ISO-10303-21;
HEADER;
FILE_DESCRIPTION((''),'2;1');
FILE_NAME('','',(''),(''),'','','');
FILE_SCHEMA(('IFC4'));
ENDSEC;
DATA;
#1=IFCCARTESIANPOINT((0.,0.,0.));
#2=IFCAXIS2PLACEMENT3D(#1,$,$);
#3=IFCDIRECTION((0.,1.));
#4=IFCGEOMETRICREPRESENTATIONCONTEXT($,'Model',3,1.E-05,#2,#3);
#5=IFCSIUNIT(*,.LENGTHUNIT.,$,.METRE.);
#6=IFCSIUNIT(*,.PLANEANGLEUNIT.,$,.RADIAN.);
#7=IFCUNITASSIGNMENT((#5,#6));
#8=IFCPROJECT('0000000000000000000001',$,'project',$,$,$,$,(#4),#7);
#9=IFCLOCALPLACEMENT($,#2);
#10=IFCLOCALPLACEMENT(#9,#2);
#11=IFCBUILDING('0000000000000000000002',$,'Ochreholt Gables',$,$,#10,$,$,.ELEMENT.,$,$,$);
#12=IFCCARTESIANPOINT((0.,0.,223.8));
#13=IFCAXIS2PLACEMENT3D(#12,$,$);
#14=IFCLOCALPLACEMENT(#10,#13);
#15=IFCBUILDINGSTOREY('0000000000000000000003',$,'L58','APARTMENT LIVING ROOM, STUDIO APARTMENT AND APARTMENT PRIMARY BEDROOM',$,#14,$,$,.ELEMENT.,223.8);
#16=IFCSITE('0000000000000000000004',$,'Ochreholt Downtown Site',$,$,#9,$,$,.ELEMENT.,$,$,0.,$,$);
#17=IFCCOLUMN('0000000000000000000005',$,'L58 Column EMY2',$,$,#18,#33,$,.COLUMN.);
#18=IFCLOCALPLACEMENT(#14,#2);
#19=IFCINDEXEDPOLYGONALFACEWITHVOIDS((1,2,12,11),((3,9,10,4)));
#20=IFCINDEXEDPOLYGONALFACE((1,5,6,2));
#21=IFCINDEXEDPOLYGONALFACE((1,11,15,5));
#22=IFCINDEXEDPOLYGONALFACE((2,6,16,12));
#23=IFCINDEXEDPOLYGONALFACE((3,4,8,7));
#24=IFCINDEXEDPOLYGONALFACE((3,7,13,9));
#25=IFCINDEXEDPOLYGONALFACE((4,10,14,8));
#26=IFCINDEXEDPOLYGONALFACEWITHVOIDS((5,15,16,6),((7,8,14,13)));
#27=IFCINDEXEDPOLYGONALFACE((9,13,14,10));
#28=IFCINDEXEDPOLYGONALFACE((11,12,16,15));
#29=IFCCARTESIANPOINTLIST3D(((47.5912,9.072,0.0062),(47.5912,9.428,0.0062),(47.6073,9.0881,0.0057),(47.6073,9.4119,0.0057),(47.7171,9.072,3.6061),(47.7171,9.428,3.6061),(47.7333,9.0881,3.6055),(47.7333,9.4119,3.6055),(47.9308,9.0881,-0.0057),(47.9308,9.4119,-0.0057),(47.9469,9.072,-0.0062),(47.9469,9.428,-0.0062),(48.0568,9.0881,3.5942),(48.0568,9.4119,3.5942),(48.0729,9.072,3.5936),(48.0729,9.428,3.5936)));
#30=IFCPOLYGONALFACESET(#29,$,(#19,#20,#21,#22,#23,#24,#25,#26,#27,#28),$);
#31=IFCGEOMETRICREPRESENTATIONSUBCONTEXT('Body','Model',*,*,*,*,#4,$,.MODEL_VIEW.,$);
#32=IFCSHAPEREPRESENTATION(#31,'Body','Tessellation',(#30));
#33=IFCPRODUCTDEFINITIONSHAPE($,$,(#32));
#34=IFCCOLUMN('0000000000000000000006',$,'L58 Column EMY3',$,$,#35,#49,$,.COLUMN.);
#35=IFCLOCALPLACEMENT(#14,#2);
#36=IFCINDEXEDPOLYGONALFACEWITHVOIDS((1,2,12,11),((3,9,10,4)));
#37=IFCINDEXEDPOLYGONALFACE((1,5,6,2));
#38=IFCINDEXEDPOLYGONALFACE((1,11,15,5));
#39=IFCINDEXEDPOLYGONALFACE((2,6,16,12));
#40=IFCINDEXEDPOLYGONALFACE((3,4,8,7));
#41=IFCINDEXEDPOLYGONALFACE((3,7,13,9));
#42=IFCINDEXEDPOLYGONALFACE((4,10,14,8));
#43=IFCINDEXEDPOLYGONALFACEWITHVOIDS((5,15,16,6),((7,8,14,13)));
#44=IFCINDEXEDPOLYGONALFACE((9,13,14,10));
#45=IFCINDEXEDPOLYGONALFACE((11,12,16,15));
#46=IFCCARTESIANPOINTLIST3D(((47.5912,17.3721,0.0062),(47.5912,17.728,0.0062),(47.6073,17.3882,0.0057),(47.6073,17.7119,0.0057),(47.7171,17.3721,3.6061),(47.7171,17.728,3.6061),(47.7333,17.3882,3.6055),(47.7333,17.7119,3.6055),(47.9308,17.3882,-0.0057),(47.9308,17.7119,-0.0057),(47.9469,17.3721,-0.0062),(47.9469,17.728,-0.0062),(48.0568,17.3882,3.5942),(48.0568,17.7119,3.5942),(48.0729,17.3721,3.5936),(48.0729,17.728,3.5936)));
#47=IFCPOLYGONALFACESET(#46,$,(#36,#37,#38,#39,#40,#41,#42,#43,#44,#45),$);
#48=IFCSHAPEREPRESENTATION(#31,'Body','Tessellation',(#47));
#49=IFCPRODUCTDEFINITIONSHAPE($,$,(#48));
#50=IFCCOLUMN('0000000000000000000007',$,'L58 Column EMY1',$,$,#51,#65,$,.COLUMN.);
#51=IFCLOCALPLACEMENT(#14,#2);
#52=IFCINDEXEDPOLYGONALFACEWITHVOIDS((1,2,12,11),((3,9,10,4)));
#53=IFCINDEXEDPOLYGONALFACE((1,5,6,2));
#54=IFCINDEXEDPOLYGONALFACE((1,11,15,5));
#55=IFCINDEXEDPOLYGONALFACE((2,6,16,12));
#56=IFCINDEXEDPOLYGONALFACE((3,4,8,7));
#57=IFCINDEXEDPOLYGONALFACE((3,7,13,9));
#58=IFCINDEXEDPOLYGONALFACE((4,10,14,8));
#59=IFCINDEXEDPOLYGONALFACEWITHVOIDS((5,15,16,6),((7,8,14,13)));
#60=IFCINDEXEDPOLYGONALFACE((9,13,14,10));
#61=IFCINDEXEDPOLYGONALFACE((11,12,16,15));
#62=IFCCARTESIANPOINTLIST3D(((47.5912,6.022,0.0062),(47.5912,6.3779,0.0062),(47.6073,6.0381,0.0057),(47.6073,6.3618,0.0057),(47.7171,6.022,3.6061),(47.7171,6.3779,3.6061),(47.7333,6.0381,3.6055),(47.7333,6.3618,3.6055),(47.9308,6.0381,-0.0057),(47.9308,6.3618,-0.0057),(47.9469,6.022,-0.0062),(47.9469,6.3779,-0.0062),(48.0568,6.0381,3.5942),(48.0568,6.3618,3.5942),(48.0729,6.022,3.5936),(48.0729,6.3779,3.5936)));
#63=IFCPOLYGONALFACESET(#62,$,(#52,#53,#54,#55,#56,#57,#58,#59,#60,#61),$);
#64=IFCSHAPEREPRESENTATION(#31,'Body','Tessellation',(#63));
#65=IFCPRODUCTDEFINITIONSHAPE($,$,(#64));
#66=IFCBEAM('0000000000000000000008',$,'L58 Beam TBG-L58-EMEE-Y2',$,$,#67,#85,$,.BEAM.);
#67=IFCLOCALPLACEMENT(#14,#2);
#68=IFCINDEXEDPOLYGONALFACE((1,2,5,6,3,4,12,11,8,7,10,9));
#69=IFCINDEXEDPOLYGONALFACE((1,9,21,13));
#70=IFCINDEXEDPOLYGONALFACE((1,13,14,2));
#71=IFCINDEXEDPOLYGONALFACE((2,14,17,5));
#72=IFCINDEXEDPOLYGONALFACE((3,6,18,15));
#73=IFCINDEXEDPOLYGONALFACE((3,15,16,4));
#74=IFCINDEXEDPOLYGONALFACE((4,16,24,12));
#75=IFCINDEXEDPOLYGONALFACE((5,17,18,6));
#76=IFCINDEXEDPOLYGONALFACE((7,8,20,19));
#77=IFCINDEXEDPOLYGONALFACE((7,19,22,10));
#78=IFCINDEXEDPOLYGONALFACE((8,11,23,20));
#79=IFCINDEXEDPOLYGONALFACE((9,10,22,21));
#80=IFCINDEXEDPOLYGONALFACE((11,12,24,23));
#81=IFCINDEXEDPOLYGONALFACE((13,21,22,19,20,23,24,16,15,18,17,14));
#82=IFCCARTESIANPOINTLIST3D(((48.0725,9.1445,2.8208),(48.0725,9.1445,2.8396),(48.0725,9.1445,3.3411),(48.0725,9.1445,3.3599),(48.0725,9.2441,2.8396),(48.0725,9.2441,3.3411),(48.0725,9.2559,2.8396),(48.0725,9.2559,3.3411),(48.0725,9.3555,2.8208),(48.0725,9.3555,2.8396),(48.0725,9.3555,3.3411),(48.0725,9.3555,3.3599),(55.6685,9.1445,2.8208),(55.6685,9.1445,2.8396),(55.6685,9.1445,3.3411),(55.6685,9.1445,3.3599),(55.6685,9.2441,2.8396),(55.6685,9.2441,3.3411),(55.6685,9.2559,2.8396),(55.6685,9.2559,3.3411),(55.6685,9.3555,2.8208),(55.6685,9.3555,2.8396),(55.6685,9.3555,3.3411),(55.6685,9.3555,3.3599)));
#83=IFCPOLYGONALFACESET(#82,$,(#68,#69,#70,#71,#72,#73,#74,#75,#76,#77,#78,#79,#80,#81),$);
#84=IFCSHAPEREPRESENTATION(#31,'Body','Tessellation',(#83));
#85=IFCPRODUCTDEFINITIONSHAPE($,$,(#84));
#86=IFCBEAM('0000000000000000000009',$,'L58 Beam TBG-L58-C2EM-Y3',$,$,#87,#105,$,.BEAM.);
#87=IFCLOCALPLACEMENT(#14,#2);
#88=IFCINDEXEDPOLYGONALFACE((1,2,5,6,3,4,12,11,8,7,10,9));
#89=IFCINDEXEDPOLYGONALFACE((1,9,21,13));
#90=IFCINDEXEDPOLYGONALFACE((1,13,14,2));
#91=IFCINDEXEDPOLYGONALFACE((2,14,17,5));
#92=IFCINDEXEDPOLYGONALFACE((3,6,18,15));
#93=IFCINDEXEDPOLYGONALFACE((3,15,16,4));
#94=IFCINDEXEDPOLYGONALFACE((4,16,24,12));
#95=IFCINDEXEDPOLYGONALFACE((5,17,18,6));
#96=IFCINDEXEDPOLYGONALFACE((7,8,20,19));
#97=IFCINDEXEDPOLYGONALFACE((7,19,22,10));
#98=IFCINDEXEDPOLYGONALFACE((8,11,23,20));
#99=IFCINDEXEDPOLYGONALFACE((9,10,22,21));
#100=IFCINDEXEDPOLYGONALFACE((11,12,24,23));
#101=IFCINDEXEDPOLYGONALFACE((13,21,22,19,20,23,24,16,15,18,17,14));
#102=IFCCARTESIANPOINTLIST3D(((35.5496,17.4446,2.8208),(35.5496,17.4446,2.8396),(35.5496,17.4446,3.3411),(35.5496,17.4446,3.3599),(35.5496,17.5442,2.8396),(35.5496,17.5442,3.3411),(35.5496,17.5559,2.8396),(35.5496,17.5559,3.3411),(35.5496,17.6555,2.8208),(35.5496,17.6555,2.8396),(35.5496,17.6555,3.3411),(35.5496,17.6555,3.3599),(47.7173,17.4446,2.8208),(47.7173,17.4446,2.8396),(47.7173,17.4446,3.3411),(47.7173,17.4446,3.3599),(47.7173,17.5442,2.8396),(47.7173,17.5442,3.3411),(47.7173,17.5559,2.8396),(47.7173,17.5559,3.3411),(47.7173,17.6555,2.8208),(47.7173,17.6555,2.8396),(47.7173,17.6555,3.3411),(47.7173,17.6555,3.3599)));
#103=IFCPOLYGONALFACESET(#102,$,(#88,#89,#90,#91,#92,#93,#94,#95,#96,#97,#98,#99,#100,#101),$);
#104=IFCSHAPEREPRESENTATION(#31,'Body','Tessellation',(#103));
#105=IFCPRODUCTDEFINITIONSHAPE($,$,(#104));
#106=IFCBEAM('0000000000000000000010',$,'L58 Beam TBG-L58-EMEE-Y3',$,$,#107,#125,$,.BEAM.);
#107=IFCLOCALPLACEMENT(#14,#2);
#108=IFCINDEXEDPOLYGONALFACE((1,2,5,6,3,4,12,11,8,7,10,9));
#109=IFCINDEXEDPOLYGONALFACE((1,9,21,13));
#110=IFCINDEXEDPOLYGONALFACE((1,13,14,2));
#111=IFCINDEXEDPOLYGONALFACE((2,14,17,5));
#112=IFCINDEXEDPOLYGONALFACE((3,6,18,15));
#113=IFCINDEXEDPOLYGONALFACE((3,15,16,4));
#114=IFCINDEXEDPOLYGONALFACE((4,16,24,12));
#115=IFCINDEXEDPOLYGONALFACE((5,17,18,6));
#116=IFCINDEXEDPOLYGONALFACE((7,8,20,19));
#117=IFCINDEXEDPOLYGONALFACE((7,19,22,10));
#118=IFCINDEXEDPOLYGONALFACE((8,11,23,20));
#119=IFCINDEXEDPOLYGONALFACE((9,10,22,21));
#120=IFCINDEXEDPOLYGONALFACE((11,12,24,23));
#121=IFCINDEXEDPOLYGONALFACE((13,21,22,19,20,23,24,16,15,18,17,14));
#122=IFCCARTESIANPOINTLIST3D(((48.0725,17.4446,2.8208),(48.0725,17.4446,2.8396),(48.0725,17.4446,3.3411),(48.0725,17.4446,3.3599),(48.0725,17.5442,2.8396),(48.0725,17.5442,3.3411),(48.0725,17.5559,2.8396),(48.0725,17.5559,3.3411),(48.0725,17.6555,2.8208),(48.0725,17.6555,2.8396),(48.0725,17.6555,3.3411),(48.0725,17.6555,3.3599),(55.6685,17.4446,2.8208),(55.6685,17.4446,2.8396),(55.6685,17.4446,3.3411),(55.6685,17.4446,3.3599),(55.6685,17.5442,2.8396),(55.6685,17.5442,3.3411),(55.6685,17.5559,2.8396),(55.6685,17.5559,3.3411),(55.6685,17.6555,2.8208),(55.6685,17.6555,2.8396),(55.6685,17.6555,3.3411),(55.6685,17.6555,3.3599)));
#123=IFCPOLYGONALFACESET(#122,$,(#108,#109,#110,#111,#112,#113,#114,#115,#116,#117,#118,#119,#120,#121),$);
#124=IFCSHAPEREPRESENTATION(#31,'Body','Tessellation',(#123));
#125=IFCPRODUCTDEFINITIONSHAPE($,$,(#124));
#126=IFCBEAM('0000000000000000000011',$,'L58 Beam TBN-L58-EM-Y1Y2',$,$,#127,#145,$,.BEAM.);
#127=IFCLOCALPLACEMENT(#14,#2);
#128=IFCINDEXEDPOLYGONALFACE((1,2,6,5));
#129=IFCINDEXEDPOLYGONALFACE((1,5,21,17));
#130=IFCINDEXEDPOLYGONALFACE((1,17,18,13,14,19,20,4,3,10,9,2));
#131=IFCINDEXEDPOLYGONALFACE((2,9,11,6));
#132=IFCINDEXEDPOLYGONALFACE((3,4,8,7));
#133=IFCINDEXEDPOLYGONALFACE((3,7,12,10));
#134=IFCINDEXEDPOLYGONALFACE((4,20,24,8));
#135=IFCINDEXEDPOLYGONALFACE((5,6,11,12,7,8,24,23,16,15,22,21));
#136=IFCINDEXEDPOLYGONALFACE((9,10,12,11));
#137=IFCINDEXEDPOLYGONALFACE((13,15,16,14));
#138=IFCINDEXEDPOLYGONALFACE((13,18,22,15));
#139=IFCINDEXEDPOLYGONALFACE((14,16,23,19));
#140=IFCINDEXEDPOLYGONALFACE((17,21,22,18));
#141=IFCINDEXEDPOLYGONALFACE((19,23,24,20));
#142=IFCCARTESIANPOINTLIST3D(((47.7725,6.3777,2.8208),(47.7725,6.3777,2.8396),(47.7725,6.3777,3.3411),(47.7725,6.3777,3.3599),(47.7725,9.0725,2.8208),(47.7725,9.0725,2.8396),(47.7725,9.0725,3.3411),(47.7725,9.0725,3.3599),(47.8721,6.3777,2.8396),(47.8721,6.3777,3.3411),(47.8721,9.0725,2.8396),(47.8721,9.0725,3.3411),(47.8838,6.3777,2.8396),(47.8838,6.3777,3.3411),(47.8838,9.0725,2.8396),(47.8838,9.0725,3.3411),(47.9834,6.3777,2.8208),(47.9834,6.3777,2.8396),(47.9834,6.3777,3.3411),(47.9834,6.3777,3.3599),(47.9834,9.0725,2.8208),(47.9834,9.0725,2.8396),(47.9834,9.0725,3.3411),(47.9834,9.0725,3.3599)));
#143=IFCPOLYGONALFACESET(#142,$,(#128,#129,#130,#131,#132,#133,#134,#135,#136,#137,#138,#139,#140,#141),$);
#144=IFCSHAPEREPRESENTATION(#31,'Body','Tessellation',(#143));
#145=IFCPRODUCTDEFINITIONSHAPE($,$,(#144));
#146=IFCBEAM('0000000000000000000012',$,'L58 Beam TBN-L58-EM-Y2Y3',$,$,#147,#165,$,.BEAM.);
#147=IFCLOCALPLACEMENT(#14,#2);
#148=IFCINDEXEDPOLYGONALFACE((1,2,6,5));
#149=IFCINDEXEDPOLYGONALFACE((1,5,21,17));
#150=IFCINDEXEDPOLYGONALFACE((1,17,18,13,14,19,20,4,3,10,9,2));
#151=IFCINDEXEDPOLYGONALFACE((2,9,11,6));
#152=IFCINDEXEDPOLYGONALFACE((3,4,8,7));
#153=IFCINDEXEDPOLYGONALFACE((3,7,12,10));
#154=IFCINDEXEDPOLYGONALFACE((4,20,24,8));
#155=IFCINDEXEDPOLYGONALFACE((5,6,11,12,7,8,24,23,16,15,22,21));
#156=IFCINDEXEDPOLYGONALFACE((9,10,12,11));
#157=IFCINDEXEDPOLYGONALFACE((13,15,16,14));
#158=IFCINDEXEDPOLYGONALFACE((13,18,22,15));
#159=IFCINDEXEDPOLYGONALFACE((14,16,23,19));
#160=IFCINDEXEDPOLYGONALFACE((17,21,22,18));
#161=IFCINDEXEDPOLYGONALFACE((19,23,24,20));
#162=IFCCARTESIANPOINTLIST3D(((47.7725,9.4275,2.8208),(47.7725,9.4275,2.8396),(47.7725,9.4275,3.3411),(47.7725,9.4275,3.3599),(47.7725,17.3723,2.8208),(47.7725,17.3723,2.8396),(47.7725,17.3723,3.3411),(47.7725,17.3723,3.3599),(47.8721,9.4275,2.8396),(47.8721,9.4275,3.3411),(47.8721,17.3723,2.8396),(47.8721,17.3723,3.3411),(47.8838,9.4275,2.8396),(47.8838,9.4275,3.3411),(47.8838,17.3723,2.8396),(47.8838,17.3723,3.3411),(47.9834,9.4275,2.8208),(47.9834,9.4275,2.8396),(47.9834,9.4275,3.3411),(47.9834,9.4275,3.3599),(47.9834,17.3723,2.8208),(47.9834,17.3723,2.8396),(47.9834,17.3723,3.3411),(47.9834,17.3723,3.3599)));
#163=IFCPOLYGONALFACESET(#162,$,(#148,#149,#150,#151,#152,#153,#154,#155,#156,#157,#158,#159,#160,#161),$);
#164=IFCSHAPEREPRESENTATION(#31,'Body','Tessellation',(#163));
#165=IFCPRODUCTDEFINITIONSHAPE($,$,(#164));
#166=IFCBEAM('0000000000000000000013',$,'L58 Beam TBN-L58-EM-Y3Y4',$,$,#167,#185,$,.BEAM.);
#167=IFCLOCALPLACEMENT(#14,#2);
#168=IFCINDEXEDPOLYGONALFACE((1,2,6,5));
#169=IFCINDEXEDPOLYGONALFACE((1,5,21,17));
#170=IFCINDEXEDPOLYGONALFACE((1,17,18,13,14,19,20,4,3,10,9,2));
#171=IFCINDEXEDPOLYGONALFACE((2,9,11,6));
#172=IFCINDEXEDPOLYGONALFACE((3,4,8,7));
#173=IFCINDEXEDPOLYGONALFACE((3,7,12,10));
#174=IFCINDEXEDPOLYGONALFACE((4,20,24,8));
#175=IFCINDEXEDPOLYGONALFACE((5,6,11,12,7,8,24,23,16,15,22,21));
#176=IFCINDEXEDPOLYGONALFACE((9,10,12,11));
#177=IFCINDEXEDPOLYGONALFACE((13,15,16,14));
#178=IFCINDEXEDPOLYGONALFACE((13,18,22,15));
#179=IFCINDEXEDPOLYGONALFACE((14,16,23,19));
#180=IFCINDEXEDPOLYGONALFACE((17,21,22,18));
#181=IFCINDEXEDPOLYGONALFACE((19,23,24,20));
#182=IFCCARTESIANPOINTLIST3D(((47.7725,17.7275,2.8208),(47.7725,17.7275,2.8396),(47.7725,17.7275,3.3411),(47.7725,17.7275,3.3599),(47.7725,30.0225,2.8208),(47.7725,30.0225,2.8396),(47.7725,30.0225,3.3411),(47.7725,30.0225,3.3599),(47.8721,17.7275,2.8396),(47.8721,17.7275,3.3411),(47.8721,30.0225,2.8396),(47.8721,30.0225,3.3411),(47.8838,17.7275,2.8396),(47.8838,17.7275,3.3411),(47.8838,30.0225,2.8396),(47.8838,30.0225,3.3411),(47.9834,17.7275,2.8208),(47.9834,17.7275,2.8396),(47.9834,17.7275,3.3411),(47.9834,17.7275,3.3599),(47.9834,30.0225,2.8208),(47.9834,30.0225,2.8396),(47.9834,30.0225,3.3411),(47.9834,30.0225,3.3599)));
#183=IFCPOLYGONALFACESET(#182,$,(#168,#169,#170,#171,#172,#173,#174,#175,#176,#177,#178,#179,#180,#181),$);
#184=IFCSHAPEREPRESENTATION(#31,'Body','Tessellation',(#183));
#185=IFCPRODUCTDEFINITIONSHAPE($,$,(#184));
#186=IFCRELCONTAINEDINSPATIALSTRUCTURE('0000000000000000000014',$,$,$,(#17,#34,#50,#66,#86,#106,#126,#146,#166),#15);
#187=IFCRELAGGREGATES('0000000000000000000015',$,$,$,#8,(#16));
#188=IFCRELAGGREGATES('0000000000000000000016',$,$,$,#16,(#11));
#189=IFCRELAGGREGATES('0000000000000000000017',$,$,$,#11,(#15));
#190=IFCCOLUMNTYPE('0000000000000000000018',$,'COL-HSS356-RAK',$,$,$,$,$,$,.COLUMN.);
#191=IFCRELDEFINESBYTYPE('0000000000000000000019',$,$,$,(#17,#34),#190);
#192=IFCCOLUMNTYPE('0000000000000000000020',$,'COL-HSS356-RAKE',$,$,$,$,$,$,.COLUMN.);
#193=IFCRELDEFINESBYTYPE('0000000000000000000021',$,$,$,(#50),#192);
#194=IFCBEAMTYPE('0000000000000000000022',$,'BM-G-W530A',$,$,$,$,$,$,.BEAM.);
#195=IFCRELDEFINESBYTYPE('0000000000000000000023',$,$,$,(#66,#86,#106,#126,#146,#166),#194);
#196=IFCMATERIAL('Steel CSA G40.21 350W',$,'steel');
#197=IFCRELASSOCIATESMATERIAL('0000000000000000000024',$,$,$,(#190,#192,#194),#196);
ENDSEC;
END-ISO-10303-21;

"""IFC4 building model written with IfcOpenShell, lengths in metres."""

from ifc_helpers import new_model, si_unit, direction, frame, origin, origin_2d, place, context, subcontext, project, spatial, hollow_rectangle, i_section, extrude, material, material_profile, profile_set, type_object, element, save


model = new_model("IFC4")

# Units and contexts
model_context = context("Model", 3, precision=1e-05, world=origin(), true_north=direction((0.0, 1.0)))
body_context = subcontext(model_context, "Body", "Model", "MODEL_VIEW")
ifc_project = project(units=[si_unit("LENGTHUNIT", "METRE"), si_unit("PLANEANGLEUNIT", "RADIAN")], contexts=[model_context])

# Site, building, storey
site_placement = place(None, origin())
site = spatial("IfcSite", under=ifc_project, at=site_placement, Name="Ochreholt Downtown Site", CompositionType="ELEMENT", RefElevation=0.0)
building_placement = place(site_placement, origin())
building = spatial("IfcBuilding", under=site, at=building_placement, Name="Ochreholt Gables", CompositionType="ELEMENT")
storey_placement = place(building_placement, frame((0.0, 0.0, 223.8)))
storey = spatial("IfcBuildingStorey", under=building, at=storey_placement, Name="L58", Description="APARTMENT LIVING ROOM, STUDIO APARTMENT AND APARTMENT PRIMARY BEDROOM", CompositionType="ELEMENT", Elevation=223.8)

# Columns
ifc_material_1 = material(Name="Steel CSA G40.21 350W", Category="steel")
ifc_material_profile_1 = material_profile(ifc_material_1, hollow_rectangle(XDim=0.356, YDim=0.356, WallThickness=0.0161, at=origin_2d()), Name="HSS356X356X16")
ifc_profile_set_1 = profile_set([ifc_material_profile_1], Name="Steel CSA G40.21 350W")
column_type_1 = type_object("IfcColumnType", Name="COL-HSS356-RAK", PredefinedType="COLUMN", material=ifc_profile_set_1)
for number, where, z_axis, x_axis, name in (
    (1, (47.769, 9.25, 0.0), (0.034974, 0.0, 0.999388), (0.0, 1.0, 0.0), "L58 Column EMY2"),
    (2, (47.769, 17.55, 0.0), (0.034974, 0.0, 0.999388), (0.0, 1.0, 0.0), "L58 Column EMY3"),
):
    element("IfcColumn", number, at=place(storey_placement, frame(where, z_axis=z_axis, x_axis=x_axis)), inside=storey, type_object=column_type_1, Name=name, PredefinedType="COLUMN", context=body_context, shape_type="SweptSolid", body=[
        extrude(hollow_rectangle(XDim=0.356, YDim=0.356, WallThickness=0.0161, at=origin_2d()), origin(), (0.0, 0.0, 1.0), 3.6021),
    ])
ifc_material_profile_2 = material_profile(ifc_material_1, hollow_rectangle(XDim=0.356, YDim=0.356, WallThickness=0.0161, at=origin_2d()), Name="HSS356X356X16")
ifc_profile_set_2 = profile_set([ifc_material_profile_2], Name="Steel CSA G40.21 350W")
column_type_2 = type_object("IfcColumnType", Name="COL-HSS356-RAKE", PredefinedType="COLUMN", material=ifc_profile_set_2)
column_placement = place(storey_placement, frame((47.769, 6.2, 0.0), z_axis=(0.034974, 0.0, 0.999388), x_axis=(0.0, 1.0, 0.0)))
element("IfcColumn", 3, at=column_placement, inside=storey, type_object=column_type_2, Name="L58 Column EMY1", PredefinedType="COLUMN", context=body_context, shape_type="SweptSolid", body=[
    extrude(hollow_rectangle(XDim=0.356, YDim=0.356, WallThickness=0.0161, at=origin_2d()), origin(), (0.0, 0.0, 1.0), 3.6021),
])

# Beams
ifc_material_profile_3 = material_profile(ifc_material_1, i_section(OverallWidth=0.2109, OverallDepth=0.5391, WebThickness=0.0117, FlangeThickness=0.0188, at=origin_2d()), Name="W530X109")
ifc_profile_set_3 = profile_set([ifc_material_profile_3], Name="Steel CSA G40.21 350W")
beam_type_1 = type_object("IfcBeamType", Name="BM-G-W530A", PredefinedType="BEAM", material=ifc_profile_set_3)
beam_1_placement = place(storey_placement, frame((48.0725, 9.25, 3.0903), z_axis=(1.0, 0.0, 0.0), x_axis=(0.0, 1.0, 0.0)))
element("IfcBeam", 4, at=beam_1_placement, inside=storey, type_object=beam_type_1, Name="L58 Beam TBG-L58-EMEE-Y2", PredefinedType="BEAM", context=body_context, shape_type="SweptSolid", body=[
    extrude(i_section(OverallWidth=0.2109, OverallDepth=0.5391, WebThickness=0.0117, FlangeThickness=0.0188, at=origin_2d()), origin(), (0.0, 0.0, 1.0), 7.5959),
])
beam_2_placement = place(storey_placement, frame((35.5496, 17.55, 3.0903), z_axis=(1.0, 0.0, 0.0), x_axis=(0.0, 1.0, 0.0)))
element("IfcBeam", 5, at=beam_2_placement, inside=storey, type_object=beam_type_1, Name="L58 Beam TBG-L58-C2EM-Y3", PredefinedType="BEAM", context=body_context, shape_type="SweptSolid", body=[
    extrude(i_section(OverallWidth=0.2109, OverallDepth=0.5391, WebThickness=0.0117, FlangeThickness=0.0188, at=origin_2d()), origin(), (0.0, 0.0, 1.0), 12.1677),
])
beam_3_placement = place(storey_placement, frame((48.0725, 17.55, 3.0903), z_axis=(1.0, 0.0, 0.0), x_axis=(0.0, 1.0, 0.0)))
element("IfcBeam", 6, at=beam_3_placement, inside=storey, type_object=beam_type_1, Name="L58 Beam TBG-L58-EMEE-Y3", PredefinedType="BEAM", context=body_context, shape_type="SweptSolid", body=[
    extrude(i_section(OverallWidth=0.2109, OverallDepth=0.5391, WebThickness=0.0117, FlangeThickness=0.0188, at=origin_2d()), origin(), (0.0, 0.0, 1.0), 7.5959),
])
beam_4_placement = place(storey_placement, frame((47.8779, 6.3777, 3.0903), z_axis=(0.0, 1.0, 0.0), x_axis=(-1.0, 0.0, 0.0)))
element("IfcBeam", 7, at=beam_4_placement, inside=storey, type_object=beam_type_1, Name="L58 Beam TBN-L58-EM-Y1Y2", PredefinedType="BEAM", context=body_context, shape_type="SweptSolid", body=[
    extrude(i_section(OverallWidth=0.2109, OverallDepth=0.5391, WebThickness=0.0117, FlangeThickness=0.0188, at=origin_2d()), origin(), (0.0, 0.0, 1.0), 2.6948),
])
beam_5_placement = place(storey_placement, frame((47.8779, 9.4275, 3.0903), z_axis=(0.0, 1.0, 0.0), x_axis=(-1.0, 0.0, 0.0)))
element("IfcBeam", 8, at=beam_5_placement, inside=storey, type_object=beam_type_1, Name="L58 Beam TBN-L58-EM-Y2Y3", PredefinedType="BEAM", context=body_context, shape_type="SweptSolid", body=[
    extrude(i_section(OverallWidth=0.2109, OverallDepth=0.5391, WebThickness=0.0117, FlangeThickness=0.0188, at=origin_2d()), origin(), (0.0, 0.0, 1.0), 7.9448),
])
beam_6_placement = place(storey_placement, frame((47.8779, 17.7275, 3.0903), z_axis=(0.0, 1.0, 0.0), x_axis=(-1.0, 0.0, 0.0)))
element("IfcBeam", 9, at=beam_6_placement, inside=storey, type_object=beam_type_1, Name="L58 Beam TBN-L58-EM-Y3Y4", PredefinedType="BEAM", context=body_context, shape_type="SweptSolid", body=[
    extrude(i_section(OverallWidth=0.2109, OverallDepth=0.5391, WebThickness=0.0117, FlangeThickness=0.0188, at=origin_2d()), origin(), (0.0, 0.0, 1.0), 12.2949),
])

save(model, "model.ifc")
